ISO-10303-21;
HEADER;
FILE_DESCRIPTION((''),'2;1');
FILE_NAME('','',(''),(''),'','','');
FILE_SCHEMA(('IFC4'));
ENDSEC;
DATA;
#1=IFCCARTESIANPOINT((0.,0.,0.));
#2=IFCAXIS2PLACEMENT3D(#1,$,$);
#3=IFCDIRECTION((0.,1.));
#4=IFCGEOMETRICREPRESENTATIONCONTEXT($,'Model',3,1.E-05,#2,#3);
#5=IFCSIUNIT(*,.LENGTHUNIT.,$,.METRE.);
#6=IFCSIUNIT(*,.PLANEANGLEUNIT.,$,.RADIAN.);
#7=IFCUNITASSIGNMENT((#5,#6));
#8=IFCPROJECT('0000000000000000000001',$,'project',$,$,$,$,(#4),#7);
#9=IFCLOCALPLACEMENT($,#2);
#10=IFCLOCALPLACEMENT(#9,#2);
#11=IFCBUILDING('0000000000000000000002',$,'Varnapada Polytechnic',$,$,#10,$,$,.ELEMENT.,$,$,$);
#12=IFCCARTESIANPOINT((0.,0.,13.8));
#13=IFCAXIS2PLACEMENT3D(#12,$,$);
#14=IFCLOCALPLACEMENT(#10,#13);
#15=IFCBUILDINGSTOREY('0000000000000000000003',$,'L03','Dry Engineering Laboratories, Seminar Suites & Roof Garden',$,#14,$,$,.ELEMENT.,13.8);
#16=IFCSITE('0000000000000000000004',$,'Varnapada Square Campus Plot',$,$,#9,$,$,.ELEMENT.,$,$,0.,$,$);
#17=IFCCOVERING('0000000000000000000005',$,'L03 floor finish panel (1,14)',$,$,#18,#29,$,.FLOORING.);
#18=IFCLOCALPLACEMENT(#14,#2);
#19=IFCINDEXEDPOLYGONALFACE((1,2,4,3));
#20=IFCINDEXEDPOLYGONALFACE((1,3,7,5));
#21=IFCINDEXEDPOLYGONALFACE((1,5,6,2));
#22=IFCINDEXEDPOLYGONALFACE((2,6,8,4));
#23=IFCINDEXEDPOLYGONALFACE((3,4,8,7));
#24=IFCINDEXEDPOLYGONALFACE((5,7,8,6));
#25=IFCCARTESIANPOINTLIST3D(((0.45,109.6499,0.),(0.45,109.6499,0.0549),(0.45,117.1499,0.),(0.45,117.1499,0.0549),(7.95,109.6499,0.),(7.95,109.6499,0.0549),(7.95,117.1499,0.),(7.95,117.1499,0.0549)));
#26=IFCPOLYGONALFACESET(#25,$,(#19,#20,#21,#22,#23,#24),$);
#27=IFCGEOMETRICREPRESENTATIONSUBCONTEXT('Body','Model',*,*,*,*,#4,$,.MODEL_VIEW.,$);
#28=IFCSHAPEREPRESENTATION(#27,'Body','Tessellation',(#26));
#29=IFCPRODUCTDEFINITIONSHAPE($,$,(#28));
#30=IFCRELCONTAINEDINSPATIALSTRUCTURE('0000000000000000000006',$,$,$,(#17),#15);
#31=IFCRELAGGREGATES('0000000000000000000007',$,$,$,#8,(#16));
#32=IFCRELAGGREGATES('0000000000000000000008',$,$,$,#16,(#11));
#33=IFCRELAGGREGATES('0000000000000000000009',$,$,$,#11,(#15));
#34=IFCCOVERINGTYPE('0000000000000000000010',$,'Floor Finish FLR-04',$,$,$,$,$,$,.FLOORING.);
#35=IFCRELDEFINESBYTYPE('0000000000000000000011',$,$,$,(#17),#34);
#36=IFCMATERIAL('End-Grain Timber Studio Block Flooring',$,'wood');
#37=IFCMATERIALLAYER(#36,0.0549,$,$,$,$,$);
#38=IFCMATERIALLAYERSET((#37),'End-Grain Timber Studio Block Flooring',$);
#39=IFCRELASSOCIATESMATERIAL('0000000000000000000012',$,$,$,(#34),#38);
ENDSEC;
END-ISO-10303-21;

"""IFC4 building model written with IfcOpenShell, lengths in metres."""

from ifc_helpers import new_model, si_unit, direction, frame, origin, origin_2d, place, context, subcontext, project, spatial, rectangle, extrude, material, layer, layer_set, type_object, element, save


model = new_model("IFC4")

# Units and contexts
model_context = context("Model", 3, precision=1e-05, world=origin(), true_north=direction((0.0, 1.0)))
body_context = subcontext(model_context, "Body", "Model", "MODEL_VIEW")
ifc_project = project(units=[si_unit("LENGTHUNIT", "METRE"), si_unit("PLANEANGLEUNIT", "RADIAN")], contexts=[model_context])

# Site, building, storey
site_placement = place(None, origin())
site = spatial("IfcSite", under=ifc_project, at=site_placement, Name="Varnapada Square Campus Plot", CompositionType="ELEMENT", RefElevation=0.0)
building_placement = place(site_placement, origin())
building = spatial("IfcBuilding", under=site, at=building_placement, Name="Varnapada Polytechnic", CompositionType="ELEMENT")
storey_placement = place(building_placement, frame((0.0, 0.0, 13.8)))
storey = spatial("IfcBuildingStorey", under=building, at=storey_placement, Name="L03", Description="Dry Engineering Laboratories, Seminar Suites & Roof Garden", CompositionType="ELEMENT", Elevation=13.8)

# Covering
ifc_material_1 = material(Name="End-Grain Timber Studio Block Flooring", Category="wood")
ifc_layer_1 = layer(ifc_material_1, 0.0549)
ifc_layer_set_1 = layer_set([ifc_layer_1], Name="End-Grain Timber Studio Block Flooring")
covering_type = type_object("IfcCoveringType", Name="Floor Finish FLR-04", PredefinedType="FLOORING", material=ifc_layer_set_1)
covering_placement = place(storey_placement, frame((4.2, 113.3999, 0.0), z_axis=(0.0, 0.0, 1.0), x_axis=(1.0, 0.0, 0.0)))
element("IfcCovering", 1, at=covering_placement, inside=storey, type_object=covering_type, Name="L03 floor finish panel (1,14)", PredefinedType="FLOORING", context=body_context, shape_type="SweptSolid", body=[
    extrude(rectangle(XDim=7.5, YDim=7.5, at=origin_2d()), origin(), (0.0, 0.0, 1.0), 0.0549),
])

save(model, "model.ifc")
